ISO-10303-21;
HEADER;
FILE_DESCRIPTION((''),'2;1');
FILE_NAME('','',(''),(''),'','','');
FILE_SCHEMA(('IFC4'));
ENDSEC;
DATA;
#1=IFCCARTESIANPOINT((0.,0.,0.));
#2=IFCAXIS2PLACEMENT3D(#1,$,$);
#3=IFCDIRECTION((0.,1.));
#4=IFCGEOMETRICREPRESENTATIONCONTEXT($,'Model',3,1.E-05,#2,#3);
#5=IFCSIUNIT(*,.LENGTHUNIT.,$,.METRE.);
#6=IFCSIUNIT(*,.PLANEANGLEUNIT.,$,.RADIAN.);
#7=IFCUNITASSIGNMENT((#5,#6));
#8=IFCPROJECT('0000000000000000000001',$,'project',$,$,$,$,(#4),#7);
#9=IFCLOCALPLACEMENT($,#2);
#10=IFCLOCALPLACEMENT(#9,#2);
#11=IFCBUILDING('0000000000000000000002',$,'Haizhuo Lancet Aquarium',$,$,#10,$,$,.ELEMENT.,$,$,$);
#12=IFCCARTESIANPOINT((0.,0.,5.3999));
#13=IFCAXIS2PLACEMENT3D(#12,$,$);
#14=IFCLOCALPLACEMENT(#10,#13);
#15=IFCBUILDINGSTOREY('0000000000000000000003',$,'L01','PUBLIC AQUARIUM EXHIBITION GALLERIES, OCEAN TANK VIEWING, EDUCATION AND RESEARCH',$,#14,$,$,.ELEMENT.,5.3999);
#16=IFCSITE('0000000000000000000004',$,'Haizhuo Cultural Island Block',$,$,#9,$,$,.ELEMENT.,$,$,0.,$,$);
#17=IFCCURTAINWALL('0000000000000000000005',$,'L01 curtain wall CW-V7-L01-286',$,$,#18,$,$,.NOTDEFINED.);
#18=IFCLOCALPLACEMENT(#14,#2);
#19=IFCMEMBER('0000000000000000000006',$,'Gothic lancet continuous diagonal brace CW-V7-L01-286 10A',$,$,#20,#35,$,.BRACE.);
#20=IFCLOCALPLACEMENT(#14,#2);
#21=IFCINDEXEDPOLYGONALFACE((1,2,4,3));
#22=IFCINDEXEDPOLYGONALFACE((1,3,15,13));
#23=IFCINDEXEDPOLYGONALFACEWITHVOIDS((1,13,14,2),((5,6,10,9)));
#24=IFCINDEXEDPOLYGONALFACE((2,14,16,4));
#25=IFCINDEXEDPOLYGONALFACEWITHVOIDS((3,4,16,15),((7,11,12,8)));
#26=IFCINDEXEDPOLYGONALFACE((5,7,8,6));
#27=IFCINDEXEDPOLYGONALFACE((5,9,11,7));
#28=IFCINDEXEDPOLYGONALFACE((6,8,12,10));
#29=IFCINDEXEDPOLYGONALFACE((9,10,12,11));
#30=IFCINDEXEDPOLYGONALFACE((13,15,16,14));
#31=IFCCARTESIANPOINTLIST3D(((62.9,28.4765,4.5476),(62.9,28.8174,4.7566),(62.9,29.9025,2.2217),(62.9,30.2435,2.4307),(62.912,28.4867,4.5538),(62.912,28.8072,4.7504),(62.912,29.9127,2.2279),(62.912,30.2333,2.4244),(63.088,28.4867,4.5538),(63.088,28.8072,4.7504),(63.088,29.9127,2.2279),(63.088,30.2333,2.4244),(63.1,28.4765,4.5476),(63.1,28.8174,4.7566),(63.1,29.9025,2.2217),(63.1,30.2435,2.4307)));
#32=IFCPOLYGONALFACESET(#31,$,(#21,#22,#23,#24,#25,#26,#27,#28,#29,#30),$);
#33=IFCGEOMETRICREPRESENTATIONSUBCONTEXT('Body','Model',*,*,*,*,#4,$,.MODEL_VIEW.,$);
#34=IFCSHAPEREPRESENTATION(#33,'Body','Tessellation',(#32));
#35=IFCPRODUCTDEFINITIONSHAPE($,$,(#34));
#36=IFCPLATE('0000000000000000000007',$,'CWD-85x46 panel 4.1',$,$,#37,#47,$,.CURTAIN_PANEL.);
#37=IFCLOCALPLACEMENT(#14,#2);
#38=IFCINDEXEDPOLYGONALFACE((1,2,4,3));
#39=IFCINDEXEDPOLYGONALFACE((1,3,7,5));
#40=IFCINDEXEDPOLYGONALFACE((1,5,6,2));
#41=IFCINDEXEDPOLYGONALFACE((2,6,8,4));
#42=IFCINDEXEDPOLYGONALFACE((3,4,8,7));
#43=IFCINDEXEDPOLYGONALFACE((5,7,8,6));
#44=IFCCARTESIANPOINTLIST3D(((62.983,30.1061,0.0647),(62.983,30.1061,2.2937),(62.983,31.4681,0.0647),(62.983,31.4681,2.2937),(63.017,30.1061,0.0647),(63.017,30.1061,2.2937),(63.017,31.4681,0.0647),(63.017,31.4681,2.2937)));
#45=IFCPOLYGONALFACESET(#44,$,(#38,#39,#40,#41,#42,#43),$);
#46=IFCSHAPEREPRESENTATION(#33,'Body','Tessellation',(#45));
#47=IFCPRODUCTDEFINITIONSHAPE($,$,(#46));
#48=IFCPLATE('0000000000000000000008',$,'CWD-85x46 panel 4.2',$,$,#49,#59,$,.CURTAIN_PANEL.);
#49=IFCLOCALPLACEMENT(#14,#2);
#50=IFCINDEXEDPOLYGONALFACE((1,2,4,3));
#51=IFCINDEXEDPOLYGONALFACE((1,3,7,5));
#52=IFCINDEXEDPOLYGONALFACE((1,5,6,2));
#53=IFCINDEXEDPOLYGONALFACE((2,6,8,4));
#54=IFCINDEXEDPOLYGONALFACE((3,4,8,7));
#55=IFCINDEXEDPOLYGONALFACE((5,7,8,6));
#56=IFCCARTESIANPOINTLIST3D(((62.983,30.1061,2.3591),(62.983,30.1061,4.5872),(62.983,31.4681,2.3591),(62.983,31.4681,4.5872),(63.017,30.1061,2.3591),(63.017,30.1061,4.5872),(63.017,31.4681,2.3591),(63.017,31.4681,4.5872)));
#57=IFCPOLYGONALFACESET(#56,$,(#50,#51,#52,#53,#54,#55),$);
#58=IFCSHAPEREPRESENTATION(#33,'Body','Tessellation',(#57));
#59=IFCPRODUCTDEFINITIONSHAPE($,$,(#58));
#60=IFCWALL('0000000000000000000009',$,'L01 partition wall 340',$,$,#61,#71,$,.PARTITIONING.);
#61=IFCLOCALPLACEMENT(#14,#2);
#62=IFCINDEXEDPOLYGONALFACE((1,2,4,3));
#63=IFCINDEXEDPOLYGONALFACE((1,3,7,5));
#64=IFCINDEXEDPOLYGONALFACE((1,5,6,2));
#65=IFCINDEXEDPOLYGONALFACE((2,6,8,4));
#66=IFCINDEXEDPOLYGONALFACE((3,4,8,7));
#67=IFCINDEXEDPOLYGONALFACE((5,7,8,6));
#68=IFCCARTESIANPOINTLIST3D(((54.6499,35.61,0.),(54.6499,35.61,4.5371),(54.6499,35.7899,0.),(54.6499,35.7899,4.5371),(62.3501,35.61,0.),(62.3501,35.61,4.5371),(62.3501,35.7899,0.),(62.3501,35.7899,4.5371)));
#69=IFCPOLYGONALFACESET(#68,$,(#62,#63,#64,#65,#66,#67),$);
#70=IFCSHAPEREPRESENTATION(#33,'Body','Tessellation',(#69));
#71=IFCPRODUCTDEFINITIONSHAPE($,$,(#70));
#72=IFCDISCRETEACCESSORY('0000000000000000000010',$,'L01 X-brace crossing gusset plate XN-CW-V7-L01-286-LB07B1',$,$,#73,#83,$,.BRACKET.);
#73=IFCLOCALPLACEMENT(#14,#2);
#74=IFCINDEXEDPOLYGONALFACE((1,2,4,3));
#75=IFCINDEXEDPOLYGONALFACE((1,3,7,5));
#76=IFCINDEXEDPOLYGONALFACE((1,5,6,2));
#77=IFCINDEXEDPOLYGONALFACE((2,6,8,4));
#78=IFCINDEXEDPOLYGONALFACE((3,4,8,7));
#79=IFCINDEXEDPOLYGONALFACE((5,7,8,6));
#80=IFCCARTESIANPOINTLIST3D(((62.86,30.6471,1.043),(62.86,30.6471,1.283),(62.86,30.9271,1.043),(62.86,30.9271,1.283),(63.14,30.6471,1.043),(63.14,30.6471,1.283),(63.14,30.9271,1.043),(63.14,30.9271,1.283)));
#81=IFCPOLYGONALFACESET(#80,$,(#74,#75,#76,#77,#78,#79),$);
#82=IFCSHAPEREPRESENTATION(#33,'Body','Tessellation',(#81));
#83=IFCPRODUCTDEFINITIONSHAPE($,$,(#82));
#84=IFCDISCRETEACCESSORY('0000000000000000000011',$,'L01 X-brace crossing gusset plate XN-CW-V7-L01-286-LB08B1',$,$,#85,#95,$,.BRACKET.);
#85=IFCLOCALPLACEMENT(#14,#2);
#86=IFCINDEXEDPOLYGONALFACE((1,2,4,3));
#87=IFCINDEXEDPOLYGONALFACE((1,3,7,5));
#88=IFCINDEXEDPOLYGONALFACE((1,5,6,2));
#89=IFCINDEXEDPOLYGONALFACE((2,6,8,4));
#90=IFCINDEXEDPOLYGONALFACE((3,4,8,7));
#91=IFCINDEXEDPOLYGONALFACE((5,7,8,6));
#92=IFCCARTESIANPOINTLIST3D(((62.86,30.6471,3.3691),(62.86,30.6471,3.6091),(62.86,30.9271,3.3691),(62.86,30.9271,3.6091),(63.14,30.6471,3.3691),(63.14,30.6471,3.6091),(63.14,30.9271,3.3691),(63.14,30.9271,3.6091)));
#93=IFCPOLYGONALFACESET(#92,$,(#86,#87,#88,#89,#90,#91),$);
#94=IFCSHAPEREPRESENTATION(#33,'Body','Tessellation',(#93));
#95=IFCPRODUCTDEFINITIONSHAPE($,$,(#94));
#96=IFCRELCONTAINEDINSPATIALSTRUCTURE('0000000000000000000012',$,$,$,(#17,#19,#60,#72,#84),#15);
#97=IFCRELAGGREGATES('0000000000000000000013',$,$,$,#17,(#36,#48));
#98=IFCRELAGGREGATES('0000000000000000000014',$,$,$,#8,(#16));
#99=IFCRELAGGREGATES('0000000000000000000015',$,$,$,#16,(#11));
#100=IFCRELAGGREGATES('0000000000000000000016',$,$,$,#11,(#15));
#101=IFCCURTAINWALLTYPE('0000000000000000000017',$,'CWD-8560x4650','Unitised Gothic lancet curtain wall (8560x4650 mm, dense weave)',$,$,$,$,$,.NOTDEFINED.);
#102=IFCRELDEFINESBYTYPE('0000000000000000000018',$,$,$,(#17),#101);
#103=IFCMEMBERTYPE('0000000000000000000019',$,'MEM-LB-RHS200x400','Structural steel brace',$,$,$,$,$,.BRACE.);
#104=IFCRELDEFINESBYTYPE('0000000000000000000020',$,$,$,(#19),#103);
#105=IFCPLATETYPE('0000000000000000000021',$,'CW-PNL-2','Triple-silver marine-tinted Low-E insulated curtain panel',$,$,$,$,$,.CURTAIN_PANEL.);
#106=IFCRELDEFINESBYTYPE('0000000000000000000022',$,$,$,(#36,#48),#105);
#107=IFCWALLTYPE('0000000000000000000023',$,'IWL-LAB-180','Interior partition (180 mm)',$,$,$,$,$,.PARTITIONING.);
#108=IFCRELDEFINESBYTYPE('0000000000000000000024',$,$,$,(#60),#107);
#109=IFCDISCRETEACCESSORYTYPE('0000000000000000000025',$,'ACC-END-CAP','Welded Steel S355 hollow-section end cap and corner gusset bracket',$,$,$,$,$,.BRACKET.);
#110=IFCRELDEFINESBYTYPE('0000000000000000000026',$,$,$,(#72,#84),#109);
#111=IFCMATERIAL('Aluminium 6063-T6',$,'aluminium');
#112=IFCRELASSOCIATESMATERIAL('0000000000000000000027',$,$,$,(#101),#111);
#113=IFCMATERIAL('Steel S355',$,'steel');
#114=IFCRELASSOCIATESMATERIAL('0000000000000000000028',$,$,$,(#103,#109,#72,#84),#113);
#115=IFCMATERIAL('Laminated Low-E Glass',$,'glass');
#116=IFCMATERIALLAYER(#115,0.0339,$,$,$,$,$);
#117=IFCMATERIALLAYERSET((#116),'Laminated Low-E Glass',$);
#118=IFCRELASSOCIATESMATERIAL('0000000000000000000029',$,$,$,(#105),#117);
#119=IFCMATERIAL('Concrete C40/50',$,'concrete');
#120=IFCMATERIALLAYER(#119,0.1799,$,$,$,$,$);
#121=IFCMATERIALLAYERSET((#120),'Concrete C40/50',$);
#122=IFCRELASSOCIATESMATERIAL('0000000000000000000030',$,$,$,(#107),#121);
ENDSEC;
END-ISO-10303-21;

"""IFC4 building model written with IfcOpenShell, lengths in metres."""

from ifc_helpers import new_model, si_unit, direction, frame, frame_2d, origin, origin_2d, place, context, subcontext, project, spatial, rectangle, hollow_rectangle, extrude, material, layer, layer_set, material_profile, profile_set, type_object, element, aggregate, save


model = new_model("IFC4")

# Units and contexts
model_context = context("Model", 3, precision=1e-05, world=origin(), true_north=direction((0.0, 1.0)))
body_context = subcontext(model_context, "Body", "Model", "MODEL_VIEW")
ifc_project = project(units=[si_unit("LENGTHUNIT", "METRE"), si_unit("PLANEANGLEUNIT", "RADIAN")], contexts=[model_context])

# Site, building, storey
site_placement = place(None, origin())
site = spatial("IfcSite", under=ifc_project, at=site_placement, Name="Haizhuo Cultural Island Block", CompositionType="ELEMENT", RefElevation=0.0)
building_placement = place(site_placement, origin())
building = spatial("IfcBuilding", under=site, at=building_placement, Name="Haizhuo Lancet Aquarium", CompositionType="ELEMENT")
storey_placement = place(building_placement, frame((0.0, 0.0, 5.3999)))
storey = spatial("IfcBuildingStorey", under=building, at=storey_placement, Name="L01", Description="PUBLIC AQUARIUM EXHIBITION GALLERIES, OCEAN TANK VIEWING, EDUCATION AND RESEARCH", CompositionType="ELEMENT", Elevation=5.3999)

# Curtain wall
ifc_material_1 = material(Name="Aluminium 6063-T6", Category="aluminium")
curtain_wall_type_1 = type_object("IfcCurtainWallType", Name="CWD-8560x4650", Description="Unitised Gothic lancet curtain wall (8560x4650 mm, dense weave)", PredefinedType="NOTDEFINED", material=ifc_material_1)
curtain_wall_1_placement = place(storey_placement, origin())
curtain_wall_1 = element("IfcCurtainWall", 1, at=curtain_wall_1_placement, inside=storey, type_object=curtain_wall_type_1, Name="L01 curtain wall CW-V7-L01-286", PredefinedType="NOTDEFINED")

# Shared definitions
ifc_material_2 = material(Name="Steel S355", Category="steel")

# Member
ifc_material_profile_1 = material_profile(ifc_material_2, hollow_rectangle(XDim=0.2, YDim=0.3999, WallThickness=0.012, at=origin_2d()), Name="RHS 200x400x12")
ifc_profile_set_1 = profile_set([ifc_material_profile_1], Name="Steel S355")
member_type_1 = type_object("IfcMemberType", Name="MEM-LB-RHS200x400", Description="Structural steel brace", PredefinedType="BRACE", material=ifc_profile_set_1)
member_1_placement = place(storey_placement, frame((63.0, 30.073, 2.3262), z_axis=(0.0, -0.522684, 0.852527), x_axis=(1.0, 0.0, 0.0)))
element("IfcMember", 2, at=member_1_placement, inside=storey, type_object=member_type_1, Name="Gothic lancet continuous diagonal brace CW-V7-L01-286 10A", PredefinedType="BRACE", context=body_context, shape_type="SweptSolid", body=[
    extrude(hollow_rectangle(XDim=0.2, YDim=0.3999, WallThickness=0.012, at=origin_2d()), origin(), (0.0, 0.0, 1.0), 2.7283),
])

# Plates
ifc_material_3 = material(Name="Laminated Low-E Glass", Category="glass")
ifc_layer_1 = layer(ifc_material_3, 0.0339)
ifc_layer_set_1 = layer_set([ifc_layer_1], Name="Laminated Low-E Glass")
plate_type = type_object("IfcPlateType", Name="CW-PNL-2", Description="Triple-silver marine-tinted Low-E insulated curtain panel", PredefinedType="CURTAIN_PANEL", material=ifc_layer_set_1)
plate_1_placement = place(storey_placement, frame((63.0, 30.7871, 0.0647), z_axis=(0.0, 0.0, 1.0), x_axis=(0.0, -1.0, 0.0)))
plate_1 = element("IfcPlate", 3, at=plate_1_placement, type_object=plate_type, Name="CWD-85x46 panel 4.1", PredefinedType="CURTAIN_PANEL", context=body_context, shape_type="SweptSolid", body=[
    extrude(rectangle(XDim=1.3621, YDim=0.0339, at=origin_2d()), origin(), (0.0, 0.0, 1.0), 2.229),
])
plate_2_placement = place(storey_placement, frame((63.0, 30.7871, 2.3591), z_axis=(0.0, 0.0, 1.0), x_axis=(0.0, -1.0, 0.0)))
plate_2 = element("IfcPlate", 4, at=plate_2_placement, type_object=plate_type, Name="CWD-85x46 panel 4.2", PredefinedType="CURTAIN_PANEL", context=body_context, shape_type="SweptSolid", body=[
    extrude(rectangle(XDim=1.3621, YDim=0.0339, at=origin_2d()), origin(), (0.0, 0.0, 1.0), 2.228),
])
aggregate(curtain_wall_1, [plate_1, plate_2])

# Wall
ifc_material_4 = material(Name="Concrete C40/50", Category="concrete")
ifc_layer_2 = layer(ifc_material_4, 0.1799)
ifc_layer_set_2 = layer_set([ifc_layer_2], Name="Concrete C40/50")
wall_type = type_object("IfcWallType", Name="IWL-LAB-180", Description="Interior partition (180 mm)", PredefinedType="PARTITIONING", material=ifc_layer_set_2)
wall_placement = place(storey_placement, frame((62.3501, 35.7, 0.0), z_axis=(0.0, 0.0, 1.0), x_axis=(-1.0, 0.0, 0.0)))
element("IfcWall", 5, at=wall_placement, inside=storey, type_object=wall_type, Name="L01 partition wall 340", PredefinedType="PARTITIONING", context=body_context, shape_type="SweptSolid", body=[
    extrude(rectangle(XDim=7.7002, YDim=0.1799, at=frame_2d((3.8501, 0.0))), origin(), (0.0, 0.0, 1.0), 4.5371),
])

# Discrete accessories
discrete_accessory_type = type_object("IfcDiscreteAccessoryType", Name="ACC-END-CAP", Description="Welded Steel S355 hollow-section end cap and corner gusset bracket", PredefinedType="BRACKET", material=ifc_material_2)
for number, where, z_axis, x_axis, name in (
    (6, (63.0, 30.7871, 1.043), (0.0, 0.0, 1.0), (1.0, 0.0, 0.0), "L01 X-brace crossing gusset plate XN-CW-V7-L01-286-LB07B1"),
    (7, (63.0, 30.7871, 3.3691), (0.0, 0.0, 1.0), (1.0, 0.0, 0.0), "L01 X-brace crossing gusset plate XN-CW-V7-L01-286-LB08B1"),
):
    element("IfcDiscreteAccessory", number, at=place(storey_placement, frame(where, z_axis=z_axis, x_axis=x_axis)), inside=storey, type_object=discrete_accessory_type, material=ifc_material_2, Name=name, PredefinedType="BRACKET", context=body_context, shape_type="SweptSolid", body=[
        extrude(rectangle(XDim=0.28, YDim=0.28, at=origin_2d()), origin(), (0.0, 0.0, 1.0), 0.24),
    ])

save(model, "model.ifc")
